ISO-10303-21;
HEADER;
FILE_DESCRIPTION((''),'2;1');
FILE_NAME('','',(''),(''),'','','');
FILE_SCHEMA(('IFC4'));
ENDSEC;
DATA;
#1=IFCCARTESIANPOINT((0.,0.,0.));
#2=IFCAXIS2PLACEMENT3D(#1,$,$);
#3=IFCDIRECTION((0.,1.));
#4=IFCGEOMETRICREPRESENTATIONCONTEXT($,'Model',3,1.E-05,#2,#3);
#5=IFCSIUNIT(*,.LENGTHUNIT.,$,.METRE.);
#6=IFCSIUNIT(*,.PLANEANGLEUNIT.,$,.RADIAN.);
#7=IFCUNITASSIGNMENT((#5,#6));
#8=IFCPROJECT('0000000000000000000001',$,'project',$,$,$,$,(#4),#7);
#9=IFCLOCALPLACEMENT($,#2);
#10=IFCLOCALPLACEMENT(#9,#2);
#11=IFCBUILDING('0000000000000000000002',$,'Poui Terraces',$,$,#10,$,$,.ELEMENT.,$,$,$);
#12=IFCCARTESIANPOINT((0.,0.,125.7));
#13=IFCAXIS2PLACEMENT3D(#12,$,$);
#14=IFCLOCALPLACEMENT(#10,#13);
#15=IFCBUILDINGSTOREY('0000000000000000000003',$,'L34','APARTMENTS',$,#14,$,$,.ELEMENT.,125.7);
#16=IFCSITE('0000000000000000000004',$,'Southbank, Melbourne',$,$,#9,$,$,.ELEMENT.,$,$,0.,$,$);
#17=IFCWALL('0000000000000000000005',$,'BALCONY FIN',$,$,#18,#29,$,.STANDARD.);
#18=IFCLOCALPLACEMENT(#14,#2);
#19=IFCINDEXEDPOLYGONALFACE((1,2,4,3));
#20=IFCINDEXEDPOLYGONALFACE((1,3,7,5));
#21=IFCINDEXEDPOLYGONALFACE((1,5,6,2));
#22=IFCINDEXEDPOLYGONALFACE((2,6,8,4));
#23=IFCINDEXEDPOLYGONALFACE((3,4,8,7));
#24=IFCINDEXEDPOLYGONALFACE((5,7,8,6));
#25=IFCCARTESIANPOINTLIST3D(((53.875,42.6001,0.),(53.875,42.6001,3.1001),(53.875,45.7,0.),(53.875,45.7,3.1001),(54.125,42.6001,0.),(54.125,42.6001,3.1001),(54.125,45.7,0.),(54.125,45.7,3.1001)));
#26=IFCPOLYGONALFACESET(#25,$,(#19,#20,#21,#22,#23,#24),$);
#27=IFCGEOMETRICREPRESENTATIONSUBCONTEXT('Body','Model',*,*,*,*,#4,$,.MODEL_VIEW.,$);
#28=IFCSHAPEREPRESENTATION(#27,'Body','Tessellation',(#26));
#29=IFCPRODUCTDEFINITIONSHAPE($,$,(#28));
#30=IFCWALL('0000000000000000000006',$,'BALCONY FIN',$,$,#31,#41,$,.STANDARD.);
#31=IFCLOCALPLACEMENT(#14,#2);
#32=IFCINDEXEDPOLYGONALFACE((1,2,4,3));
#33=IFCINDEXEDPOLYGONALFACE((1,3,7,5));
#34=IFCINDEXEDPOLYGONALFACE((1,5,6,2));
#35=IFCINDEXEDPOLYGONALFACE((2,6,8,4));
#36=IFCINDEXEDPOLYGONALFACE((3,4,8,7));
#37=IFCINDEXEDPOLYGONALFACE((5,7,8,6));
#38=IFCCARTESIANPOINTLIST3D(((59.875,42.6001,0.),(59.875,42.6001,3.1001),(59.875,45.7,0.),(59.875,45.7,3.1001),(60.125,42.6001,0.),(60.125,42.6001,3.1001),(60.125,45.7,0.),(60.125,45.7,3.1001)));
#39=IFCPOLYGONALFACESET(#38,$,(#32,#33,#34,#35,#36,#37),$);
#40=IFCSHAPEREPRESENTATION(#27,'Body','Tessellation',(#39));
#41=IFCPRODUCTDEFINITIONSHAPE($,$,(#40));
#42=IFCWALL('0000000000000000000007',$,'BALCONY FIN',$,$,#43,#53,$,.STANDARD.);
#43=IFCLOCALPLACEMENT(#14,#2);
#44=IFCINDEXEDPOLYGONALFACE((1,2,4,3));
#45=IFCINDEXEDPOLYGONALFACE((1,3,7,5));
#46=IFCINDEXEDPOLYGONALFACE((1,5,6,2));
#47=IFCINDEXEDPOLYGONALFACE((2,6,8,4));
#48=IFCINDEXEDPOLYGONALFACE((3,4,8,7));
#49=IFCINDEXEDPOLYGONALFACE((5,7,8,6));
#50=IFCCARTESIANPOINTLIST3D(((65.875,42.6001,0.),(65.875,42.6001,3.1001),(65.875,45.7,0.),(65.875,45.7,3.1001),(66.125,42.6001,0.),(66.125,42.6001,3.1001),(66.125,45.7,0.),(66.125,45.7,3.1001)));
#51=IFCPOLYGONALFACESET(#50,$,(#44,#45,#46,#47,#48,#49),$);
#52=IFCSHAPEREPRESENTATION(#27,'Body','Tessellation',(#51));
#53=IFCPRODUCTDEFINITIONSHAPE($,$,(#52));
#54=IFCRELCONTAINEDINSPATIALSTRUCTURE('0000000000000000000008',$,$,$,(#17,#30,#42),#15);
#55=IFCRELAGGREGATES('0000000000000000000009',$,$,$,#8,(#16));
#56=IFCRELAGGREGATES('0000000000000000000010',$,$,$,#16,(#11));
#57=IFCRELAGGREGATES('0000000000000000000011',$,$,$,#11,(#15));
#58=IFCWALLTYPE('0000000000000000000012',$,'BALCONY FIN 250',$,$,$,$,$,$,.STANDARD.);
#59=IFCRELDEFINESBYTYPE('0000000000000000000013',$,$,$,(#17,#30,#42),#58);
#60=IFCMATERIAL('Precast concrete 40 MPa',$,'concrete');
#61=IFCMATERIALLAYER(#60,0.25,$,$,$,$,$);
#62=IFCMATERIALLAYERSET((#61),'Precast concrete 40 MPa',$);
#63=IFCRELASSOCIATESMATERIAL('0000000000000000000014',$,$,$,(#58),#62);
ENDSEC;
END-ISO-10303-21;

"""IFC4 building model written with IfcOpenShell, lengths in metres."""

from ifc_helpers import new_model, si_unit, direction, frame, origin, place, context, subcontext, project, spatial, polyline, outline, extrude, source, transform, mapped, material, layer, layer_set, type_object, element, save


model = new_model("IFC4")

# Units and contexts
model_context = context("Model", 3, precision=1e-05, world=origin(), true_north=direction((0.0, 1.0)))
body_context = subcontext(model_context, "Body", "Model", "MODEL_VIEW")
ifc_project = project(units=[si_unit("LENGTHUNIT", "METRE"), si_unit("PLANEANGLEUNIT", "RADIAN")], contexts=[model_context])

# Site, building, storey
site_placement = place(None, origin())
site = spatial("IfcSite", under=ifc_project, at=site_placement, Name="Southbank, Melbourne", CompositionType="ELEMENT", RefElevation=0.0)
building_placement = place(site_placement, origin())
building = spatial("IfcBuilding", under=site, at=building_placement, Name="Poui Terraces", CompositionType="ELEMENT")
storey_placement = place(building_placement, frame((0.0, 0.0, 125.7)))
storey = spatial("IfcBuildingStorey", under=building, at=storey_placement, Name="L34", Description="APARTMENTS", CompositionType="ELEMENT", Elevation=125.7)

# Walls
ifc_material_1 = material(Name="Precast concrete 40 MPa", Category="concrete")
ifc_layer_1 = layer(ifc_material_1, 0.25)
ifc_layer_set_1 = layer_set([ifc_layer_1], Name="Precast concrete 40 MPa")
wall_type_1 = type_object("IfcWallType", Name="BALCONY FIN 250", PredefinedType="STANDARD", material=ifc_layer_set_1)
shared_shape_1 = source(origin(), body_context, "Body", "SweptSolid", [
    extrude(outline(polyline([(0.0, 0.0), (0.25, 0.0), (0.25, 3.0999), (0.0, 3.0999), (0.0, 0.0)])), origin(), (0.0, 0.0, 1.0), 3.1001),
])
for number, where, name in (
    (1, (53.875, 42.6001, 0.0), "BALCONY FIN"),
    (2, (59.875, 42.6001, 0.0), "BALCONY FIN"),
    (3, (65.875, 42.6001, 0.0), "BALCONY FIN"),
):
    element("IfcWall", number, at=place(storey_placement, frame(where)), inside=storey, type_object=wall_type_1, Name=name, PredefinedType="STANDARD", context=body_context, shape_type="MappedRepresentation", body=[
        mapped(shared_shape_1, transform((0.0, 0.0, 0.0))),
    ])

save(model, "model.ifc")
